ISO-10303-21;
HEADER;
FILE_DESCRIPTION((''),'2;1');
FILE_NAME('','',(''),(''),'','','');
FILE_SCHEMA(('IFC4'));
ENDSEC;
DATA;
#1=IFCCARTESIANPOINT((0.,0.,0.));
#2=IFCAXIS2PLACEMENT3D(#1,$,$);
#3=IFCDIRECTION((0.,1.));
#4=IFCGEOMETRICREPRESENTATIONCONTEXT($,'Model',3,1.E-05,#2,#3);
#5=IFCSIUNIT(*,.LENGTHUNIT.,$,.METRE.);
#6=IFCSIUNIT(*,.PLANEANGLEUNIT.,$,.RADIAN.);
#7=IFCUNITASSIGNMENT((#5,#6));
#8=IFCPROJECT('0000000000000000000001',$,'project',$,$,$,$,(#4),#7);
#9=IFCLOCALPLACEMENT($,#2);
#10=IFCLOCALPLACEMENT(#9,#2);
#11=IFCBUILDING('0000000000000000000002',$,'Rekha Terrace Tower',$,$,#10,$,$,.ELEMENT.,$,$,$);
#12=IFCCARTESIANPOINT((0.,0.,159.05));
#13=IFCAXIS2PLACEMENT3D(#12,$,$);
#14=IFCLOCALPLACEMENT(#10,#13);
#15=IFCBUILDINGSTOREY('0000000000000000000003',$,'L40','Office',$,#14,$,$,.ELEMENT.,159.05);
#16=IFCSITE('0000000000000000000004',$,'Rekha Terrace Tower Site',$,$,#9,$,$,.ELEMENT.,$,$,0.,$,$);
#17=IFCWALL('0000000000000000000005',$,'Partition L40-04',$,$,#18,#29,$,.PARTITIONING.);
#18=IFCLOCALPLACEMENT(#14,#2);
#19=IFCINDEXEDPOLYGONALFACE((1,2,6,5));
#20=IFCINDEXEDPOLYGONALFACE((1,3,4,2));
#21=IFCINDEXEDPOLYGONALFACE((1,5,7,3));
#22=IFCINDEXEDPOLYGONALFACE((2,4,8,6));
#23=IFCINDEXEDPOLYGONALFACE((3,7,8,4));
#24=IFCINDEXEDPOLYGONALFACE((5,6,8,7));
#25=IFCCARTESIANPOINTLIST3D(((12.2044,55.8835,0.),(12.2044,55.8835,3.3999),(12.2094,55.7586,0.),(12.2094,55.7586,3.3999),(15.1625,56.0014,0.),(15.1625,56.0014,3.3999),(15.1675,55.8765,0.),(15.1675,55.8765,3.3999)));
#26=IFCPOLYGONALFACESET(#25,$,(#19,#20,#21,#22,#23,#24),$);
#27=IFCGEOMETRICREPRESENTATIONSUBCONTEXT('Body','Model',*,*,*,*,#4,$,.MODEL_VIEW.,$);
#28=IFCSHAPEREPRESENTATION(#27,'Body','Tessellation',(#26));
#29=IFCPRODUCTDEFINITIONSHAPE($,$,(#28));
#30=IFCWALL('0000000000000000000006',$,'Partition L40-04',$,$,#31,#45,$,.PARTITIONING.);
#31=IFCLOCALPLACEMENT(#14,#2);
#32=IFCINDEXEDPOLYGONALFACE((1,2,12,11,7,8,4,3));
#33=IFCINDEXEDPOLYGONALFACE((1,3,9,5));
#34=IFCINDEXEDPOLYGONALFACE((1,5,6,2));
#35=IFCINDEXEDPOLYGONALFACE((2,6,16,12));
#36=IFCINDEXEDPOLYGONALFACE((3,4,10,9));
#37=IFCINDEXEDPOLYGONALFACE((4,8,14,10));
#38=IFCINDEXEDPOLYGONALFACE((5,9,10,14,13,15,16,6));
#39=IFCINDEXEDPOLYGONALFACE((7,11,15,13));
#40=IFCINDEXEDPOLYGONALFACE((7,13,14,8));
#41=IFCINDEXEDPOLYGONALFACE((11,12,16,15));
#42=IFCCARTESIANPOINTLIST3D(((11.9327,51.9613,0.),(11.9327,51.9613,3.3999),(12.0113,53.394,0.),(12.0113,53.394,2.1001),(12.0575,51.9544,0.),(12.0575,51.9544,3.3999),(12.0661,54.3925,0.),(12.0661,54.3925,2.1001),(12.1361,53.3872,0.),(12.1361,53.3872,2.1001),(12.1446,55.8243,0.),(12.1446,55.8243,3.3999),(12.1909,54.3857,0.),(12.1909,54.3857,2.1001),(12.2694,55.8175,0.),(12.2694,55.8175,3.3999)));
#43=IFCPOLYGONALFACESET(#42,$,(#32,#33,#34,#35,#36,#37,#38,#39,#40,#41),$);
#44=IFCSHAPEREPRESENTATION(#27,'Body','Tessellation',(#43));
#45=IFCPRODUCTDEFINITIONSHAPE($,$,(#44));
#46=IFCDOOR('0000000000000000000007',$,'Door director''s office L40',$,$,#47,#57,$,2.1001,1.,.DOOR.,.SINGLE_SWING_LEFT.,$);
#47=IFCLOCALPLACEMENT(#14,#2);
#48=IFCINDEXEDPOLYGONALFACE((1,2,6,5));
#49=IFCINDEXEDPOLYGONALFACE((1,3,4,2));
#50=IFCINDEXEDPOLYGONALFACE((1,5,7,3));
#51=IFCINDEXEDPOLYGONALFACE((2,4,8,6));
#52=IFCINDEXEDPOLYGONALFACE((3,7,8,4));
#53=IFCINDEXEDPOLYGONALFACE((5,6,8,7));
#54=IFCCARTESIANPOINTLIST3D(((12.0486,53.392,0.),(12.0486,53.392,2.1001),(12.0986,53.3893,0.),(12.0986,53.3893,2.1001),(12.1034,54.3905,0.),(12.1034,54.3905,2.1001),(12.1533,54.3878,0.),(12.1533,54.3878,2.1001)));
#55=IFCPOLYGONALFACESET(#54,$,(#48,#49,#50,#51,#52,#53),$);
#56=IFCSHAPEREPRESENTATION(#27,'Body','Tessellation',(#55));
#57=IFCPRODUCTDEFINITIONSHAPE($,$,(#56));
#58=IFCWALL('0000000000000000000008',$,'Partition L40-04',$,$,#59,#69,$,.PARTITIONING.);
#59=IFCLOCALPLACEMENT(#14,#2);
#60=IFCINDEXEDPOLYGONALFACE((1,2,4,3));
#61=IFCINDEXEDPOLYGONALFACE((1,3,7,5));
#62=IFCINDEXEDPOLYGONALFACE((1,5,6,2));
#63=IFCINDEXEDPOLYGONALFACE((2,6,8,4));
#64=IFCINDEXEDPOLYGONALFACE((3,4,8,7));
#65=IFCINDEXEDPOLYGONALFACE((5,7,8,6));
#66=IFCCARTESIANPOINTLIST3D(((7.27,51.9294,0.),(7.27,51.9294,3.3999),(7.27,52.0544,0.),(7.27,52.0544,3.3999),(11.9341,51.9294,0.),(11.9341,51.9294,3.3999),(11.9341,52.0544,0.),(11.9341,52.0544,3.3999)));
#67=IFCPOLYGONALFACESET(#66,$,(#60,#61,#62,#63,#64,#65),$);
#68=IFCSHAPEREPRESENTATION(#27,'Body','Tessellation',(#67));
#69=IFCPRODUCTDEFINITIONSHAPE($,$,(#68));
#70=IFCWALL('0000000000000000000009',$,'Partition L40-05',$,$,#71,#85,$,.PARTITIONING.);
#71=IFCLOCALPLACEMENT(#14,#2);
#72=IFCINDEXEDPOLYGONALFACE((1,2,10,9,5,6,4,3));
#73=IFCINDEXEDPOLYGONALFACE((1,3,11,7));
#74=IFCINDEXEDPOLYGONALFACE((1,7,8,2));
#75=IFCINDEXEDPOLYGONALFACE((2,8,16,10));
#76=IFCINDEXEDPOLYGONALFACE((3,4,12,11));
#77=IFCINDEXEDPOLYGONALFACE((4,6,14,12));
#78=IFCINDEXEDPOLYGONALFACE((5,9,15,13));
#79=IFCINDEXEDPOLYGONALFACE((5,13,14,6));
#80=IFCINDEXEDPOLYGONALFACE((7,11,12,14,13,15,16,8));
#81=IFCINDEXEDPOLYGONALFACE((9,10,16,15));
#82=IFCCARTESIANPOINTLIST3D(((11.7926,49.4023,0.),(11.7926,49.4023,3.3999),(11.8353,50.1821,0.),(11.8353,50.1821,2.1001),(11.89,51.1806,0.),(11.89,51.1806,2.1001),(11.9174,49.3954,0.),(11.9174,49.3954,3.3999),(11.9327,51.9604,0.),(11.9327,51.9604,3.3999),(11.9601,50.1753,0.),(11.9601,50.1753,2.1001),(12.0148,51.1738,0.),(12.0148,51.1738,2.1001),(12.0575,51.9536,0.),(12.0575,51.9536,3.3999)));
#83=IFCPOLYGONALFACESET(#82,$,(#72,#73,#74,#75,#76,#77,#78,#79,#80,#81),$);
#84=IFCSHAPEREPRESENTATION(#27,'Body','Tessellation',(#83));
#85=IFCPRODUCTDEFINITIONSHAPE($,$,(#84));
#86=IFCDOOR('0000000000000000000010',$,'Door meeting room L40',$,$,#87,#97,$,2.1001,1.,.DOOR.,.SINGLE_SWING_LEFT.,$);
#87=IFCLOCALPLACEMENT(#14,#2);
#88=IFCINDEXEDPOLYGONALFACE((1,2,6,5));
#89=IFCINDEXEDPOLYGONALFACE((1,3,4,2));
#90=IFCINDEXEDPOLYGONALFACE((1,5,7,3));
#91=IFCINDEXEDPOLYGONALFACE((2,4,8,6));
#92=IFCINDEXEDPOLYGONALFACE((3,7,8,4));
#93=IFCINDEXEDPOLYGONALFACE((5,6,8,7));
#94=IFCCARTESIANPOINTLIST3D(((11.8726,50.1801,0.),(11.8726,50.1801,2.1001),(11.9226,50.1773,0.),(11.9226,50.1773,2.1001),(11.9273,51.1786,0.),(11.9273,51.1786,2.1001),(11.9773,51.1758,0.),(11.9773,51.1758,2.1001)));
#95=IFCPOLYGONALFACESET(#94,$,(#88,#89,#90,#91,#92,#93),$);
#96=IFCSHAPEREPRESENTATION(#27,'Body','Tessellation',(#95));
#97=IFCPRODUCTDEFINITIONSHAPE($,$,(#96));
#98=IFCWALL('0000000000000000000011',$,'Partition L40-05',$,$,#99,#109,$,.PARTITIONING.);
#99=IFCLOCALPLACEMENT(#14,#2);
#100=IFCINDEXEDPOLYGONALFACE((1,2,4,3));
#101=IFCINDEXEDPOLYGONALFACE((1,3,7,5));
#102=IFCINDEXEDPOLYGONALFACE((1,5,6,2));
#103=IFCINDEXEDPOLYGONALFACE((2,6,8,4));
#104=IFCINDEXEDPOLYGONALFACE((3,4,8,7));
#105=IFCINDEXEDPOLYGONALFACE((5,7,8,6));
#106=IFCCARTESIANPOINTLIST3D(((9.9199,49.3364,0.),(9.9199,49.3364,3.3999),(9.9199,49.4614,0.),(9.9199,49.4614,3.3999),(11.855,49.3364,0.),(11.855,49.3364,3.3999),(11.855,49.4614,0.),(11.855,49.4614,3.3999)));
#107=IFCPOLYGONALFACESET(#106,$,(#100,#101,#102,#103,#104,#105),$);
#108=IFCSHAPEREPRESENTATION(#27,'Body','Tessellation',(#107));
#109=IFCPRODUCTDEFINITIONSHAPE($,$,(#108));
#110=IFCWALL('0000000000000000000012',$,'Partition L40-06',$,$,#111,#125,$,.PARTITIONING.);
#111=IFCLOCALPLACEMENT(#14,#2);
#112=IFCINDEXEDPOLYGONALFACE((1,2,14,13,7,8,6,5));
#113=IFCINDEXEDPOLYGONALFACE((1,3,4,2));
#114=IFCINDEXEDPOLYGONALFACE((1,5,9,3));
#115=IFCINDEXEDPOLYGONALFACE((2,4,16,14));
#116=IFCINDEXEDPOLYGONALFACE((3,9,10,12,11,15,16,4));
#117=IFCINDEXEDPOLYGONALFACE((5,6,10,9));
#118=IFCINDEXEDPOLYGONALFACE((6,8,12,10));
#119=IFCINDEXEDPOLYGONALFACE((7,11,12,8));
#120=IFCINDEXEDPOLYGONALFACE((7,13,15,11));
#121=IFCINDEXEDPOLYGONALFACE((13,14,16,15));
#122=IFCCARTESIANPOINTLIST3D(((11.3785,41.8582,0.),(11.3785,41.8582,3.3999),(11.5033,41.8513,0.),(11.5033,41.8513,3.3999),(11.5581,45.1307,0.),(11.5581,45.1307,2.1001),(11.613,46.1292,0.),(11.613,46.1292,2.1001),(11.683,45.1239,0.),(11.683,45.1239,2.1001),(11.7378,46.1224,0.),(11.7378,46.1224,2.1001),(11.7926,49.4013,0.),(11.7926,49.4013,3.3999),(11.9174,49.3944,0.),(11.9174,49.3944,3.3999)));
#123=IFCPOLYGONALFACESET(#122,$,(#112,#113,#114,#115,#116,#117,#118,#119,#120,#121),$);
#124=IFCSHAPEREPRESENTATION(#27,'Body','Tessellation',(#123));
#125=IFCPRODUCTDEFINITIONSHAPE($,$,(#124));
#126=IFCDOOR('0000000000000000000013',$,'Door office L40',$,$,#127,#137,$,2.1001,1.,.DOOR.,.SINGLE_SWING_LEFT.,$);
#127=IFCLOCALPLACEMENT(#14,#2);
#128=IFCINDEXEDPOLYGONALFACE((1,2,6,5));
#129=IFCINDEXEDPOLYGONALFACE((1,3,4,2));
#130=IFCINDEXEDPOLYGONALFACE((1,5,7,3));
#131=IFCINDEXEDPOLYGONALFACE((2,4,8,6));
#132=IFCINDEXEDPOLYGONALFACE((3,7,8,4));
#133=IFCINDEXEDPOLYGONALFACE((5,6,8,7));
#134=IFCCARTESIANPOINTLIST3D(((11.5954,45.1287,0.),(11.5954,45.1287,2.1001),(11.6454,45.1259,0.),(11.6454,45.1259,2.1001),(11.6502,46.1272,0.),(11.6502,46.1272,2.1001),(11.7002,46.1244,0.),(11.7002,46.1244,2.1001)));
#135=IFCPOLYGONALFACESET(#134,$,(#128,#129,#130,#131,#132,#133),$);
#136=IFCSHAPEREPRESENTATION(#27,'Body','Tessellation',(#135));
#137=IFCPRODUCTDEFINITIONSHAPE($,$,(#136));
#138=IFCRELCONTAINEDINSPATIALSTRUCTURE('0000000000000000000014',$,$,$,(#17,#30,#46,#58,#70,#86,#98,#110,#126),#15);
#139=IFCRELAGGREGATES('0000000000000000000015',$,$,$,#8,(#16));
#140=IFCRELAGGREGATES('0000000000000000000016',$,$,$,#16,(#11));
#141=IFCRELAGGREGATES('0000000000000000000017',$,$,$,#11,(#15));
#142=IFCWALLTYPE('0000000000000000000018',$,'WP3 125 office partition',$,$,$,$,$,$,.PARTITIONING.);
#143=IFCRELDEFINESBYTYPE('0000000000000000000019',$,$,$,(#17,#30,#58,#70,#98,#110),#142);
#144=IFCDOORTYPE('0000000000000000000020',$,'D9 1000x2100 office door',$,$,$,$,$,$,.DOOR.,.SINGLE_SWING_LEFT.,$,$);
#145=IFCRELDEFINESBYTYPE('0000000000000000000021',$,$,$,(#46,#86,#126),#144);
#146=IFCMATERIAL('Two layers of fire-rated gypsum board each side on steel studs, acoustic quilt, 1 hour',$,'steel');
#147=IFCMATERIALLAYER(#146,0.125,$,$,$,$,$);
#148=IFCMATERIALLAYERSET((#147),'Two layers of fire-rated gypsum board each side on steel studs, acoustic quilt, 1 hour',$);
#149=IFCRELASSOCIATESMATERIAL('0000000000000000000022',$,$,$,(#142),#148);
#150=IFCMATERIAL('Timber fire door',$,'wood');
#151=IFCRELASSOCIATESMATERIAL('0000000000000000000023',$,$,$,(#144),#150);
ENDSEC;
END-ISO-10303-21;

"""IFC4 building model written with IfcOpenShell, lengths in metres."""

from ifc_helpers import new_model, si_unit, direction, frame, frame_2d, origin, place, context, subcontext, project, spatial, rectangle, extrude, material, layer, layer_set, type_object, element, fill, save


model = new_model("IFC4")

# Units and contexts
model_context = context("Model", 3, precision=1e-05, world=origin(), true_north=direction((0.0, 1.0)))
body_context = subcontext(model_context, "Body", "Model", "MODEL_VIEW")
ifc_project = project(units=[si_unit("LENGTHUNIT", "METRE"), si_unit("PLANEANGLEUNIT", "RADIAN")], contexts=[model_context])

# Site, building, storey
site_placement = place(None, origin())
site = spatial("IfcSite", under=ifc_project, at=site_placement, Name="Rekha Terrace Tower Site", CompositionType="ELEMENT", RefElevation=0.0)
building_placement = place(site_placement, origin())
building = spatial("IfcBuilding", under=site, at=building_placement, Name="Rekha Terrace Tower", CompositionType="ELEMENT")
storey_placement = place(building_placement, frame((0.0, 0.0, 159.05)))
storey = spatial("IfcBuildingStorey", under=building, at=storey_placement, Name="L40", Description="Office", CompositionType="ELEMENT", Elevation=159.05)

# Wall
ifc_material_1 = material(Name="Two layers of fire-rated gypsum board each side on steel studs, acoustic quilt, 1 hour", Category="steel")
ifc_layer_1 = layer(ifc_material_1, 0.125)
ifc_layer_set_1 = layer_set([ifc_layer_1], Name="Two layers of fire-rated gypsum board each side on steel studs, acoustic quilt, 1 hour")
wall_type = type_object("IfcWallType", Name="WP3 125 office partition", PredefinedType="PARTITIONING", material=ifc_layer_set_1)
wall_1_placement = place(storey_placement, frame((15.165, 55.939, 0.0), z_axis=(0.0, 0.0, 1.0), x_axis=(-0.999206, -0.039833, 0.0)))
element("IfcWall", 1, at=wall_1_placement, inside=storey, type_object=wall_type, Name="Partition L40-04", PredefinedType="PARTITIONING", context=body_context, shape_type="SweptSolid", body=[
    extrude(rectangle(XDim=2.9604, YDim=0.125, at=frame_2d((1.4802, 0.0))), origin(), (0.0, 0.0, 1.0), 3.3999),
])

# Wall, opening, door
wall_2_placement = place(storey_placement, frame((12.207, 55.821, 0.0), z_axis=(0.0, 0.0, 1.0), x_axis=(-0.054775, -0.998499, 0.0)))
wall_2 = element("IfcWall", 2, at=wall_2_placement, inside=storey, type_object=wall_type, Name="Partition L40-04", PredefinedType="PARTITIONING", context=body_context, shape_type="SweptSolid", body=[
    extrude(rectangle(XDim=3.8689, YDim=0.125, at=frame_2d((1.9346, 0.0))), origin(), (0.0, 0.0, 1.0), 3.3999),
])
opening_1_placement = place(wall_2_placement, frame((1.4341, 0.0, 0.0)))
opening_1 = element("IfcOpeningElement", 3, at=opening_1_placement, cuts=wall_2, PredefinedType="OPENING", context=body_context, shape_type="SweptSolid", body=[
    extrude(rectangle(XDim=1.0, YDim=2.1001, at=frame_2d((0.5, 1.05))), frame((0.0, 0.0725, 0.0), z_axis=(0.0, -1.0, 0.0), x_axis=(1.0, 0.0, 0.0)), (0.0, 0.0, 1.0), 0.145),
])
ifc_material_2 = material(Name="Timber fire door", Category="wood")
door_type = type_object("IfcDoorType", Name="D9 1000x2100 office door", OperationType="SINGLE_SWING_LEFT", PredefinedType="DOOR", material=ifc_material_2)
door_1_placement = place(opening_1_placement, origin())
door_1 = element("IfcDoor", 4, at=door_1_placement, inside=storey, type_object=door_type, Name="Door director's office L40", OperationType="SINGLE_SWING_LEFT", OverallHeight=2.1001, OverallWidth=1.0, PredefinedType="DOOR", context=body_context, shape_type="SweptSolid", body=[
    extrude(rectangle(XDim=1.0, YDim=2.1001, at=frame_2d((0.5, 1.05))), frame((0.0, 0.0249, 0.0), z_axis=(0.0, -1.0, 0.0), x_axis=(1.0, 0.0, 0.0)), (0.0, 0.0, 1.0), 0.05),
])
fill(opening_1, door_1)

# Wall
wall_3_placement = place(storey_placement, frame((11.9341, 51.9919, 0.0), z_axis=(0.0, 0.0, 1.0), x_axis=(-1.0, 0.0, 0.0)))
element("IfcWall", 5, at=wall_3_placement, inside=storey, type_object=wall_type, Name="Partition L40-04", PredefinedType="PARTITIONING", context=body_context, shape_type="SweptSolid", body=[
    extrude(rectangle(XDim=4.6641, YDim=0.125, at=frame_2d((2.332, 0.0))), origin(), (0.0, 0.0, 1.0), 3.3999),
])

# Wall, opening, door
wall_4_placement = place(storey_placement, frame((11.9951, 51.957, 0.0), z_axis=(0.0, 0.0, 1.0), x_axis=(-0.054699, -0.998503, 0.0)))
wall_4 = element("IfcWall", 6, at=wall_4_placement, inside=storey, type_object=wall_type, Name="Partition L40-05", PredefinedType="PARTITIONING", context=body_context, shape_type="SweptSolid", body=[
    extrude(rectangle(XDim=2.562, YDim=0.125, at=frame_2d((1.281, 0.0))), origin(), (0.0, 0.0, 1.0), 3.3999),
])
opening_2_placement = place(wall_4_placement, frame((0.781, 0.0, 0.0)))
opening_2 = element("IfcOpeningElement", 7, at=opening_2_placement, cuts=wall_4, PredefinedType="OPENING", context=body_context, shape_type="SweptSolid", body=[
    extrude(rectangle(XDim=1.0, YDim=2.1001, at=frame_2d((0.5, 1.05))), frame((0.0, 0.0725, 0.0), z_axis=(0.0, -1.0, 0.0), x_axis=(1.0, 0.0, 0.0)), (0.0, 0.0, 1.0), 0.145),
])
door_2_placement = place(opening_2_placement, origin())
door_2 = element("IfcDoor", 8, at=door_2_placement, inside=storey, type_object=door_type, Name="Door meeting room L40", OperationType="SINGLE_SWING_LEFT", OverallHeight=2.1001, OverallWidth=1.0, PredefinedType="DOOR", context=body_context, shape_type="SweptSolid", body=[
    extrude(rectangle(XDim=1.0, YDim=2.1001, at=frame_2d((0.5, 1.05))), frame((0.0, 0.0249, 0.0), z_axis=(0.0, -1.0, 0.0), x_axis=(1.0, 0.0, 0.0)), (0.0, 0.0, 1.0), 0.05),
])
fill(opening_2, door_2)

# Wall
wall_5_placement = place(storey_placement, frame((11.855, 49.3989, 0.0), z_axis=(0.0, 0.0, 1.0), x_axis=(-1.0, 0.0, 0.0)))
element("IfcWall", 9, at=wall_5_placement, inside=storey, type_object=wall_type, Name="Partition L40-05", PredefinedType="PARTITIONING", context=body_context, shape_type="SweptSolid", body=[
    extrude(rectangle(XDim=1.9351, YDim=0.125, at=frame_2d((0.9675, 0.0))), origin(), (0.0, 0.0, 1.0), 3.3999),
])

# Wall, opening, door
wall_6_placement = place(storey_placement, frame((11.855, 49.3979, 0.0), z_axis=(0.0, 0.0, 1.0), x_axis=(-0.054811, -0.998497, 0.0)))
wall_6 = element("IfcWall", 10, at=wall_6_placement, inside=storey, type_object=wall_type, Name="Partition L40-06", PredefinedType="PARTITIONING", context=body_context, shape_type="SweptSolid", body=[
    extrude(rectangle(XDim=7.5544, YDim=0.125, at=frame_2d((3.7773, 0.0))), origin(), (0.0, 0.0, 1.0), 3.3999),
])
opening_3_placement = place(wall_6_placement, frame((3.2771, 0.0, 0.0)))
opening_3 = element("IfcOpeningElement", 11, at=opening_3_placement, cuts=wall_6, PredefinedType="OPENING", context=body_context, shape_type="SweptSolid", body=[
    extrude(rectangle(XDim=1.0, YDim=2.1001, at=frame_2d((0.5, 1.05))), frame((0.0, 0.0725, 0.0), z_axis=(0.0, -1.0, 0.0), x_axis=(1.0, 0.0, 0.0)), (0.0, 0.0, 1.0), 0.145),
])
door_3_placement = place(opening_3_placement, origin())
door_3 = element("IfcDoor", 12, at=door_3_placement, inside=storey, type_object=door_type, Name="Door office L40", OperationType="SINGLE_SWING_LEFT", OverallHeight=2.1001, OverallWidth=1.0, PredefinedType="DOOR", context=body_context, shape_type="SweptSolid", body=[
    extrude(rectangle(XDim=1.0, YDim=2.1001, at=frame_2d((0.5, 1.05))), frame((0.0, 0.0249, 0.0), z_axis=(0.0, -1.0, 0.0), x_axis=(1.0, 0.0, 0.0)), (0.0, 0.0, 1.0), 0.05),
])
fill(opening_3, door_3)

save(model, "model.ifc")
